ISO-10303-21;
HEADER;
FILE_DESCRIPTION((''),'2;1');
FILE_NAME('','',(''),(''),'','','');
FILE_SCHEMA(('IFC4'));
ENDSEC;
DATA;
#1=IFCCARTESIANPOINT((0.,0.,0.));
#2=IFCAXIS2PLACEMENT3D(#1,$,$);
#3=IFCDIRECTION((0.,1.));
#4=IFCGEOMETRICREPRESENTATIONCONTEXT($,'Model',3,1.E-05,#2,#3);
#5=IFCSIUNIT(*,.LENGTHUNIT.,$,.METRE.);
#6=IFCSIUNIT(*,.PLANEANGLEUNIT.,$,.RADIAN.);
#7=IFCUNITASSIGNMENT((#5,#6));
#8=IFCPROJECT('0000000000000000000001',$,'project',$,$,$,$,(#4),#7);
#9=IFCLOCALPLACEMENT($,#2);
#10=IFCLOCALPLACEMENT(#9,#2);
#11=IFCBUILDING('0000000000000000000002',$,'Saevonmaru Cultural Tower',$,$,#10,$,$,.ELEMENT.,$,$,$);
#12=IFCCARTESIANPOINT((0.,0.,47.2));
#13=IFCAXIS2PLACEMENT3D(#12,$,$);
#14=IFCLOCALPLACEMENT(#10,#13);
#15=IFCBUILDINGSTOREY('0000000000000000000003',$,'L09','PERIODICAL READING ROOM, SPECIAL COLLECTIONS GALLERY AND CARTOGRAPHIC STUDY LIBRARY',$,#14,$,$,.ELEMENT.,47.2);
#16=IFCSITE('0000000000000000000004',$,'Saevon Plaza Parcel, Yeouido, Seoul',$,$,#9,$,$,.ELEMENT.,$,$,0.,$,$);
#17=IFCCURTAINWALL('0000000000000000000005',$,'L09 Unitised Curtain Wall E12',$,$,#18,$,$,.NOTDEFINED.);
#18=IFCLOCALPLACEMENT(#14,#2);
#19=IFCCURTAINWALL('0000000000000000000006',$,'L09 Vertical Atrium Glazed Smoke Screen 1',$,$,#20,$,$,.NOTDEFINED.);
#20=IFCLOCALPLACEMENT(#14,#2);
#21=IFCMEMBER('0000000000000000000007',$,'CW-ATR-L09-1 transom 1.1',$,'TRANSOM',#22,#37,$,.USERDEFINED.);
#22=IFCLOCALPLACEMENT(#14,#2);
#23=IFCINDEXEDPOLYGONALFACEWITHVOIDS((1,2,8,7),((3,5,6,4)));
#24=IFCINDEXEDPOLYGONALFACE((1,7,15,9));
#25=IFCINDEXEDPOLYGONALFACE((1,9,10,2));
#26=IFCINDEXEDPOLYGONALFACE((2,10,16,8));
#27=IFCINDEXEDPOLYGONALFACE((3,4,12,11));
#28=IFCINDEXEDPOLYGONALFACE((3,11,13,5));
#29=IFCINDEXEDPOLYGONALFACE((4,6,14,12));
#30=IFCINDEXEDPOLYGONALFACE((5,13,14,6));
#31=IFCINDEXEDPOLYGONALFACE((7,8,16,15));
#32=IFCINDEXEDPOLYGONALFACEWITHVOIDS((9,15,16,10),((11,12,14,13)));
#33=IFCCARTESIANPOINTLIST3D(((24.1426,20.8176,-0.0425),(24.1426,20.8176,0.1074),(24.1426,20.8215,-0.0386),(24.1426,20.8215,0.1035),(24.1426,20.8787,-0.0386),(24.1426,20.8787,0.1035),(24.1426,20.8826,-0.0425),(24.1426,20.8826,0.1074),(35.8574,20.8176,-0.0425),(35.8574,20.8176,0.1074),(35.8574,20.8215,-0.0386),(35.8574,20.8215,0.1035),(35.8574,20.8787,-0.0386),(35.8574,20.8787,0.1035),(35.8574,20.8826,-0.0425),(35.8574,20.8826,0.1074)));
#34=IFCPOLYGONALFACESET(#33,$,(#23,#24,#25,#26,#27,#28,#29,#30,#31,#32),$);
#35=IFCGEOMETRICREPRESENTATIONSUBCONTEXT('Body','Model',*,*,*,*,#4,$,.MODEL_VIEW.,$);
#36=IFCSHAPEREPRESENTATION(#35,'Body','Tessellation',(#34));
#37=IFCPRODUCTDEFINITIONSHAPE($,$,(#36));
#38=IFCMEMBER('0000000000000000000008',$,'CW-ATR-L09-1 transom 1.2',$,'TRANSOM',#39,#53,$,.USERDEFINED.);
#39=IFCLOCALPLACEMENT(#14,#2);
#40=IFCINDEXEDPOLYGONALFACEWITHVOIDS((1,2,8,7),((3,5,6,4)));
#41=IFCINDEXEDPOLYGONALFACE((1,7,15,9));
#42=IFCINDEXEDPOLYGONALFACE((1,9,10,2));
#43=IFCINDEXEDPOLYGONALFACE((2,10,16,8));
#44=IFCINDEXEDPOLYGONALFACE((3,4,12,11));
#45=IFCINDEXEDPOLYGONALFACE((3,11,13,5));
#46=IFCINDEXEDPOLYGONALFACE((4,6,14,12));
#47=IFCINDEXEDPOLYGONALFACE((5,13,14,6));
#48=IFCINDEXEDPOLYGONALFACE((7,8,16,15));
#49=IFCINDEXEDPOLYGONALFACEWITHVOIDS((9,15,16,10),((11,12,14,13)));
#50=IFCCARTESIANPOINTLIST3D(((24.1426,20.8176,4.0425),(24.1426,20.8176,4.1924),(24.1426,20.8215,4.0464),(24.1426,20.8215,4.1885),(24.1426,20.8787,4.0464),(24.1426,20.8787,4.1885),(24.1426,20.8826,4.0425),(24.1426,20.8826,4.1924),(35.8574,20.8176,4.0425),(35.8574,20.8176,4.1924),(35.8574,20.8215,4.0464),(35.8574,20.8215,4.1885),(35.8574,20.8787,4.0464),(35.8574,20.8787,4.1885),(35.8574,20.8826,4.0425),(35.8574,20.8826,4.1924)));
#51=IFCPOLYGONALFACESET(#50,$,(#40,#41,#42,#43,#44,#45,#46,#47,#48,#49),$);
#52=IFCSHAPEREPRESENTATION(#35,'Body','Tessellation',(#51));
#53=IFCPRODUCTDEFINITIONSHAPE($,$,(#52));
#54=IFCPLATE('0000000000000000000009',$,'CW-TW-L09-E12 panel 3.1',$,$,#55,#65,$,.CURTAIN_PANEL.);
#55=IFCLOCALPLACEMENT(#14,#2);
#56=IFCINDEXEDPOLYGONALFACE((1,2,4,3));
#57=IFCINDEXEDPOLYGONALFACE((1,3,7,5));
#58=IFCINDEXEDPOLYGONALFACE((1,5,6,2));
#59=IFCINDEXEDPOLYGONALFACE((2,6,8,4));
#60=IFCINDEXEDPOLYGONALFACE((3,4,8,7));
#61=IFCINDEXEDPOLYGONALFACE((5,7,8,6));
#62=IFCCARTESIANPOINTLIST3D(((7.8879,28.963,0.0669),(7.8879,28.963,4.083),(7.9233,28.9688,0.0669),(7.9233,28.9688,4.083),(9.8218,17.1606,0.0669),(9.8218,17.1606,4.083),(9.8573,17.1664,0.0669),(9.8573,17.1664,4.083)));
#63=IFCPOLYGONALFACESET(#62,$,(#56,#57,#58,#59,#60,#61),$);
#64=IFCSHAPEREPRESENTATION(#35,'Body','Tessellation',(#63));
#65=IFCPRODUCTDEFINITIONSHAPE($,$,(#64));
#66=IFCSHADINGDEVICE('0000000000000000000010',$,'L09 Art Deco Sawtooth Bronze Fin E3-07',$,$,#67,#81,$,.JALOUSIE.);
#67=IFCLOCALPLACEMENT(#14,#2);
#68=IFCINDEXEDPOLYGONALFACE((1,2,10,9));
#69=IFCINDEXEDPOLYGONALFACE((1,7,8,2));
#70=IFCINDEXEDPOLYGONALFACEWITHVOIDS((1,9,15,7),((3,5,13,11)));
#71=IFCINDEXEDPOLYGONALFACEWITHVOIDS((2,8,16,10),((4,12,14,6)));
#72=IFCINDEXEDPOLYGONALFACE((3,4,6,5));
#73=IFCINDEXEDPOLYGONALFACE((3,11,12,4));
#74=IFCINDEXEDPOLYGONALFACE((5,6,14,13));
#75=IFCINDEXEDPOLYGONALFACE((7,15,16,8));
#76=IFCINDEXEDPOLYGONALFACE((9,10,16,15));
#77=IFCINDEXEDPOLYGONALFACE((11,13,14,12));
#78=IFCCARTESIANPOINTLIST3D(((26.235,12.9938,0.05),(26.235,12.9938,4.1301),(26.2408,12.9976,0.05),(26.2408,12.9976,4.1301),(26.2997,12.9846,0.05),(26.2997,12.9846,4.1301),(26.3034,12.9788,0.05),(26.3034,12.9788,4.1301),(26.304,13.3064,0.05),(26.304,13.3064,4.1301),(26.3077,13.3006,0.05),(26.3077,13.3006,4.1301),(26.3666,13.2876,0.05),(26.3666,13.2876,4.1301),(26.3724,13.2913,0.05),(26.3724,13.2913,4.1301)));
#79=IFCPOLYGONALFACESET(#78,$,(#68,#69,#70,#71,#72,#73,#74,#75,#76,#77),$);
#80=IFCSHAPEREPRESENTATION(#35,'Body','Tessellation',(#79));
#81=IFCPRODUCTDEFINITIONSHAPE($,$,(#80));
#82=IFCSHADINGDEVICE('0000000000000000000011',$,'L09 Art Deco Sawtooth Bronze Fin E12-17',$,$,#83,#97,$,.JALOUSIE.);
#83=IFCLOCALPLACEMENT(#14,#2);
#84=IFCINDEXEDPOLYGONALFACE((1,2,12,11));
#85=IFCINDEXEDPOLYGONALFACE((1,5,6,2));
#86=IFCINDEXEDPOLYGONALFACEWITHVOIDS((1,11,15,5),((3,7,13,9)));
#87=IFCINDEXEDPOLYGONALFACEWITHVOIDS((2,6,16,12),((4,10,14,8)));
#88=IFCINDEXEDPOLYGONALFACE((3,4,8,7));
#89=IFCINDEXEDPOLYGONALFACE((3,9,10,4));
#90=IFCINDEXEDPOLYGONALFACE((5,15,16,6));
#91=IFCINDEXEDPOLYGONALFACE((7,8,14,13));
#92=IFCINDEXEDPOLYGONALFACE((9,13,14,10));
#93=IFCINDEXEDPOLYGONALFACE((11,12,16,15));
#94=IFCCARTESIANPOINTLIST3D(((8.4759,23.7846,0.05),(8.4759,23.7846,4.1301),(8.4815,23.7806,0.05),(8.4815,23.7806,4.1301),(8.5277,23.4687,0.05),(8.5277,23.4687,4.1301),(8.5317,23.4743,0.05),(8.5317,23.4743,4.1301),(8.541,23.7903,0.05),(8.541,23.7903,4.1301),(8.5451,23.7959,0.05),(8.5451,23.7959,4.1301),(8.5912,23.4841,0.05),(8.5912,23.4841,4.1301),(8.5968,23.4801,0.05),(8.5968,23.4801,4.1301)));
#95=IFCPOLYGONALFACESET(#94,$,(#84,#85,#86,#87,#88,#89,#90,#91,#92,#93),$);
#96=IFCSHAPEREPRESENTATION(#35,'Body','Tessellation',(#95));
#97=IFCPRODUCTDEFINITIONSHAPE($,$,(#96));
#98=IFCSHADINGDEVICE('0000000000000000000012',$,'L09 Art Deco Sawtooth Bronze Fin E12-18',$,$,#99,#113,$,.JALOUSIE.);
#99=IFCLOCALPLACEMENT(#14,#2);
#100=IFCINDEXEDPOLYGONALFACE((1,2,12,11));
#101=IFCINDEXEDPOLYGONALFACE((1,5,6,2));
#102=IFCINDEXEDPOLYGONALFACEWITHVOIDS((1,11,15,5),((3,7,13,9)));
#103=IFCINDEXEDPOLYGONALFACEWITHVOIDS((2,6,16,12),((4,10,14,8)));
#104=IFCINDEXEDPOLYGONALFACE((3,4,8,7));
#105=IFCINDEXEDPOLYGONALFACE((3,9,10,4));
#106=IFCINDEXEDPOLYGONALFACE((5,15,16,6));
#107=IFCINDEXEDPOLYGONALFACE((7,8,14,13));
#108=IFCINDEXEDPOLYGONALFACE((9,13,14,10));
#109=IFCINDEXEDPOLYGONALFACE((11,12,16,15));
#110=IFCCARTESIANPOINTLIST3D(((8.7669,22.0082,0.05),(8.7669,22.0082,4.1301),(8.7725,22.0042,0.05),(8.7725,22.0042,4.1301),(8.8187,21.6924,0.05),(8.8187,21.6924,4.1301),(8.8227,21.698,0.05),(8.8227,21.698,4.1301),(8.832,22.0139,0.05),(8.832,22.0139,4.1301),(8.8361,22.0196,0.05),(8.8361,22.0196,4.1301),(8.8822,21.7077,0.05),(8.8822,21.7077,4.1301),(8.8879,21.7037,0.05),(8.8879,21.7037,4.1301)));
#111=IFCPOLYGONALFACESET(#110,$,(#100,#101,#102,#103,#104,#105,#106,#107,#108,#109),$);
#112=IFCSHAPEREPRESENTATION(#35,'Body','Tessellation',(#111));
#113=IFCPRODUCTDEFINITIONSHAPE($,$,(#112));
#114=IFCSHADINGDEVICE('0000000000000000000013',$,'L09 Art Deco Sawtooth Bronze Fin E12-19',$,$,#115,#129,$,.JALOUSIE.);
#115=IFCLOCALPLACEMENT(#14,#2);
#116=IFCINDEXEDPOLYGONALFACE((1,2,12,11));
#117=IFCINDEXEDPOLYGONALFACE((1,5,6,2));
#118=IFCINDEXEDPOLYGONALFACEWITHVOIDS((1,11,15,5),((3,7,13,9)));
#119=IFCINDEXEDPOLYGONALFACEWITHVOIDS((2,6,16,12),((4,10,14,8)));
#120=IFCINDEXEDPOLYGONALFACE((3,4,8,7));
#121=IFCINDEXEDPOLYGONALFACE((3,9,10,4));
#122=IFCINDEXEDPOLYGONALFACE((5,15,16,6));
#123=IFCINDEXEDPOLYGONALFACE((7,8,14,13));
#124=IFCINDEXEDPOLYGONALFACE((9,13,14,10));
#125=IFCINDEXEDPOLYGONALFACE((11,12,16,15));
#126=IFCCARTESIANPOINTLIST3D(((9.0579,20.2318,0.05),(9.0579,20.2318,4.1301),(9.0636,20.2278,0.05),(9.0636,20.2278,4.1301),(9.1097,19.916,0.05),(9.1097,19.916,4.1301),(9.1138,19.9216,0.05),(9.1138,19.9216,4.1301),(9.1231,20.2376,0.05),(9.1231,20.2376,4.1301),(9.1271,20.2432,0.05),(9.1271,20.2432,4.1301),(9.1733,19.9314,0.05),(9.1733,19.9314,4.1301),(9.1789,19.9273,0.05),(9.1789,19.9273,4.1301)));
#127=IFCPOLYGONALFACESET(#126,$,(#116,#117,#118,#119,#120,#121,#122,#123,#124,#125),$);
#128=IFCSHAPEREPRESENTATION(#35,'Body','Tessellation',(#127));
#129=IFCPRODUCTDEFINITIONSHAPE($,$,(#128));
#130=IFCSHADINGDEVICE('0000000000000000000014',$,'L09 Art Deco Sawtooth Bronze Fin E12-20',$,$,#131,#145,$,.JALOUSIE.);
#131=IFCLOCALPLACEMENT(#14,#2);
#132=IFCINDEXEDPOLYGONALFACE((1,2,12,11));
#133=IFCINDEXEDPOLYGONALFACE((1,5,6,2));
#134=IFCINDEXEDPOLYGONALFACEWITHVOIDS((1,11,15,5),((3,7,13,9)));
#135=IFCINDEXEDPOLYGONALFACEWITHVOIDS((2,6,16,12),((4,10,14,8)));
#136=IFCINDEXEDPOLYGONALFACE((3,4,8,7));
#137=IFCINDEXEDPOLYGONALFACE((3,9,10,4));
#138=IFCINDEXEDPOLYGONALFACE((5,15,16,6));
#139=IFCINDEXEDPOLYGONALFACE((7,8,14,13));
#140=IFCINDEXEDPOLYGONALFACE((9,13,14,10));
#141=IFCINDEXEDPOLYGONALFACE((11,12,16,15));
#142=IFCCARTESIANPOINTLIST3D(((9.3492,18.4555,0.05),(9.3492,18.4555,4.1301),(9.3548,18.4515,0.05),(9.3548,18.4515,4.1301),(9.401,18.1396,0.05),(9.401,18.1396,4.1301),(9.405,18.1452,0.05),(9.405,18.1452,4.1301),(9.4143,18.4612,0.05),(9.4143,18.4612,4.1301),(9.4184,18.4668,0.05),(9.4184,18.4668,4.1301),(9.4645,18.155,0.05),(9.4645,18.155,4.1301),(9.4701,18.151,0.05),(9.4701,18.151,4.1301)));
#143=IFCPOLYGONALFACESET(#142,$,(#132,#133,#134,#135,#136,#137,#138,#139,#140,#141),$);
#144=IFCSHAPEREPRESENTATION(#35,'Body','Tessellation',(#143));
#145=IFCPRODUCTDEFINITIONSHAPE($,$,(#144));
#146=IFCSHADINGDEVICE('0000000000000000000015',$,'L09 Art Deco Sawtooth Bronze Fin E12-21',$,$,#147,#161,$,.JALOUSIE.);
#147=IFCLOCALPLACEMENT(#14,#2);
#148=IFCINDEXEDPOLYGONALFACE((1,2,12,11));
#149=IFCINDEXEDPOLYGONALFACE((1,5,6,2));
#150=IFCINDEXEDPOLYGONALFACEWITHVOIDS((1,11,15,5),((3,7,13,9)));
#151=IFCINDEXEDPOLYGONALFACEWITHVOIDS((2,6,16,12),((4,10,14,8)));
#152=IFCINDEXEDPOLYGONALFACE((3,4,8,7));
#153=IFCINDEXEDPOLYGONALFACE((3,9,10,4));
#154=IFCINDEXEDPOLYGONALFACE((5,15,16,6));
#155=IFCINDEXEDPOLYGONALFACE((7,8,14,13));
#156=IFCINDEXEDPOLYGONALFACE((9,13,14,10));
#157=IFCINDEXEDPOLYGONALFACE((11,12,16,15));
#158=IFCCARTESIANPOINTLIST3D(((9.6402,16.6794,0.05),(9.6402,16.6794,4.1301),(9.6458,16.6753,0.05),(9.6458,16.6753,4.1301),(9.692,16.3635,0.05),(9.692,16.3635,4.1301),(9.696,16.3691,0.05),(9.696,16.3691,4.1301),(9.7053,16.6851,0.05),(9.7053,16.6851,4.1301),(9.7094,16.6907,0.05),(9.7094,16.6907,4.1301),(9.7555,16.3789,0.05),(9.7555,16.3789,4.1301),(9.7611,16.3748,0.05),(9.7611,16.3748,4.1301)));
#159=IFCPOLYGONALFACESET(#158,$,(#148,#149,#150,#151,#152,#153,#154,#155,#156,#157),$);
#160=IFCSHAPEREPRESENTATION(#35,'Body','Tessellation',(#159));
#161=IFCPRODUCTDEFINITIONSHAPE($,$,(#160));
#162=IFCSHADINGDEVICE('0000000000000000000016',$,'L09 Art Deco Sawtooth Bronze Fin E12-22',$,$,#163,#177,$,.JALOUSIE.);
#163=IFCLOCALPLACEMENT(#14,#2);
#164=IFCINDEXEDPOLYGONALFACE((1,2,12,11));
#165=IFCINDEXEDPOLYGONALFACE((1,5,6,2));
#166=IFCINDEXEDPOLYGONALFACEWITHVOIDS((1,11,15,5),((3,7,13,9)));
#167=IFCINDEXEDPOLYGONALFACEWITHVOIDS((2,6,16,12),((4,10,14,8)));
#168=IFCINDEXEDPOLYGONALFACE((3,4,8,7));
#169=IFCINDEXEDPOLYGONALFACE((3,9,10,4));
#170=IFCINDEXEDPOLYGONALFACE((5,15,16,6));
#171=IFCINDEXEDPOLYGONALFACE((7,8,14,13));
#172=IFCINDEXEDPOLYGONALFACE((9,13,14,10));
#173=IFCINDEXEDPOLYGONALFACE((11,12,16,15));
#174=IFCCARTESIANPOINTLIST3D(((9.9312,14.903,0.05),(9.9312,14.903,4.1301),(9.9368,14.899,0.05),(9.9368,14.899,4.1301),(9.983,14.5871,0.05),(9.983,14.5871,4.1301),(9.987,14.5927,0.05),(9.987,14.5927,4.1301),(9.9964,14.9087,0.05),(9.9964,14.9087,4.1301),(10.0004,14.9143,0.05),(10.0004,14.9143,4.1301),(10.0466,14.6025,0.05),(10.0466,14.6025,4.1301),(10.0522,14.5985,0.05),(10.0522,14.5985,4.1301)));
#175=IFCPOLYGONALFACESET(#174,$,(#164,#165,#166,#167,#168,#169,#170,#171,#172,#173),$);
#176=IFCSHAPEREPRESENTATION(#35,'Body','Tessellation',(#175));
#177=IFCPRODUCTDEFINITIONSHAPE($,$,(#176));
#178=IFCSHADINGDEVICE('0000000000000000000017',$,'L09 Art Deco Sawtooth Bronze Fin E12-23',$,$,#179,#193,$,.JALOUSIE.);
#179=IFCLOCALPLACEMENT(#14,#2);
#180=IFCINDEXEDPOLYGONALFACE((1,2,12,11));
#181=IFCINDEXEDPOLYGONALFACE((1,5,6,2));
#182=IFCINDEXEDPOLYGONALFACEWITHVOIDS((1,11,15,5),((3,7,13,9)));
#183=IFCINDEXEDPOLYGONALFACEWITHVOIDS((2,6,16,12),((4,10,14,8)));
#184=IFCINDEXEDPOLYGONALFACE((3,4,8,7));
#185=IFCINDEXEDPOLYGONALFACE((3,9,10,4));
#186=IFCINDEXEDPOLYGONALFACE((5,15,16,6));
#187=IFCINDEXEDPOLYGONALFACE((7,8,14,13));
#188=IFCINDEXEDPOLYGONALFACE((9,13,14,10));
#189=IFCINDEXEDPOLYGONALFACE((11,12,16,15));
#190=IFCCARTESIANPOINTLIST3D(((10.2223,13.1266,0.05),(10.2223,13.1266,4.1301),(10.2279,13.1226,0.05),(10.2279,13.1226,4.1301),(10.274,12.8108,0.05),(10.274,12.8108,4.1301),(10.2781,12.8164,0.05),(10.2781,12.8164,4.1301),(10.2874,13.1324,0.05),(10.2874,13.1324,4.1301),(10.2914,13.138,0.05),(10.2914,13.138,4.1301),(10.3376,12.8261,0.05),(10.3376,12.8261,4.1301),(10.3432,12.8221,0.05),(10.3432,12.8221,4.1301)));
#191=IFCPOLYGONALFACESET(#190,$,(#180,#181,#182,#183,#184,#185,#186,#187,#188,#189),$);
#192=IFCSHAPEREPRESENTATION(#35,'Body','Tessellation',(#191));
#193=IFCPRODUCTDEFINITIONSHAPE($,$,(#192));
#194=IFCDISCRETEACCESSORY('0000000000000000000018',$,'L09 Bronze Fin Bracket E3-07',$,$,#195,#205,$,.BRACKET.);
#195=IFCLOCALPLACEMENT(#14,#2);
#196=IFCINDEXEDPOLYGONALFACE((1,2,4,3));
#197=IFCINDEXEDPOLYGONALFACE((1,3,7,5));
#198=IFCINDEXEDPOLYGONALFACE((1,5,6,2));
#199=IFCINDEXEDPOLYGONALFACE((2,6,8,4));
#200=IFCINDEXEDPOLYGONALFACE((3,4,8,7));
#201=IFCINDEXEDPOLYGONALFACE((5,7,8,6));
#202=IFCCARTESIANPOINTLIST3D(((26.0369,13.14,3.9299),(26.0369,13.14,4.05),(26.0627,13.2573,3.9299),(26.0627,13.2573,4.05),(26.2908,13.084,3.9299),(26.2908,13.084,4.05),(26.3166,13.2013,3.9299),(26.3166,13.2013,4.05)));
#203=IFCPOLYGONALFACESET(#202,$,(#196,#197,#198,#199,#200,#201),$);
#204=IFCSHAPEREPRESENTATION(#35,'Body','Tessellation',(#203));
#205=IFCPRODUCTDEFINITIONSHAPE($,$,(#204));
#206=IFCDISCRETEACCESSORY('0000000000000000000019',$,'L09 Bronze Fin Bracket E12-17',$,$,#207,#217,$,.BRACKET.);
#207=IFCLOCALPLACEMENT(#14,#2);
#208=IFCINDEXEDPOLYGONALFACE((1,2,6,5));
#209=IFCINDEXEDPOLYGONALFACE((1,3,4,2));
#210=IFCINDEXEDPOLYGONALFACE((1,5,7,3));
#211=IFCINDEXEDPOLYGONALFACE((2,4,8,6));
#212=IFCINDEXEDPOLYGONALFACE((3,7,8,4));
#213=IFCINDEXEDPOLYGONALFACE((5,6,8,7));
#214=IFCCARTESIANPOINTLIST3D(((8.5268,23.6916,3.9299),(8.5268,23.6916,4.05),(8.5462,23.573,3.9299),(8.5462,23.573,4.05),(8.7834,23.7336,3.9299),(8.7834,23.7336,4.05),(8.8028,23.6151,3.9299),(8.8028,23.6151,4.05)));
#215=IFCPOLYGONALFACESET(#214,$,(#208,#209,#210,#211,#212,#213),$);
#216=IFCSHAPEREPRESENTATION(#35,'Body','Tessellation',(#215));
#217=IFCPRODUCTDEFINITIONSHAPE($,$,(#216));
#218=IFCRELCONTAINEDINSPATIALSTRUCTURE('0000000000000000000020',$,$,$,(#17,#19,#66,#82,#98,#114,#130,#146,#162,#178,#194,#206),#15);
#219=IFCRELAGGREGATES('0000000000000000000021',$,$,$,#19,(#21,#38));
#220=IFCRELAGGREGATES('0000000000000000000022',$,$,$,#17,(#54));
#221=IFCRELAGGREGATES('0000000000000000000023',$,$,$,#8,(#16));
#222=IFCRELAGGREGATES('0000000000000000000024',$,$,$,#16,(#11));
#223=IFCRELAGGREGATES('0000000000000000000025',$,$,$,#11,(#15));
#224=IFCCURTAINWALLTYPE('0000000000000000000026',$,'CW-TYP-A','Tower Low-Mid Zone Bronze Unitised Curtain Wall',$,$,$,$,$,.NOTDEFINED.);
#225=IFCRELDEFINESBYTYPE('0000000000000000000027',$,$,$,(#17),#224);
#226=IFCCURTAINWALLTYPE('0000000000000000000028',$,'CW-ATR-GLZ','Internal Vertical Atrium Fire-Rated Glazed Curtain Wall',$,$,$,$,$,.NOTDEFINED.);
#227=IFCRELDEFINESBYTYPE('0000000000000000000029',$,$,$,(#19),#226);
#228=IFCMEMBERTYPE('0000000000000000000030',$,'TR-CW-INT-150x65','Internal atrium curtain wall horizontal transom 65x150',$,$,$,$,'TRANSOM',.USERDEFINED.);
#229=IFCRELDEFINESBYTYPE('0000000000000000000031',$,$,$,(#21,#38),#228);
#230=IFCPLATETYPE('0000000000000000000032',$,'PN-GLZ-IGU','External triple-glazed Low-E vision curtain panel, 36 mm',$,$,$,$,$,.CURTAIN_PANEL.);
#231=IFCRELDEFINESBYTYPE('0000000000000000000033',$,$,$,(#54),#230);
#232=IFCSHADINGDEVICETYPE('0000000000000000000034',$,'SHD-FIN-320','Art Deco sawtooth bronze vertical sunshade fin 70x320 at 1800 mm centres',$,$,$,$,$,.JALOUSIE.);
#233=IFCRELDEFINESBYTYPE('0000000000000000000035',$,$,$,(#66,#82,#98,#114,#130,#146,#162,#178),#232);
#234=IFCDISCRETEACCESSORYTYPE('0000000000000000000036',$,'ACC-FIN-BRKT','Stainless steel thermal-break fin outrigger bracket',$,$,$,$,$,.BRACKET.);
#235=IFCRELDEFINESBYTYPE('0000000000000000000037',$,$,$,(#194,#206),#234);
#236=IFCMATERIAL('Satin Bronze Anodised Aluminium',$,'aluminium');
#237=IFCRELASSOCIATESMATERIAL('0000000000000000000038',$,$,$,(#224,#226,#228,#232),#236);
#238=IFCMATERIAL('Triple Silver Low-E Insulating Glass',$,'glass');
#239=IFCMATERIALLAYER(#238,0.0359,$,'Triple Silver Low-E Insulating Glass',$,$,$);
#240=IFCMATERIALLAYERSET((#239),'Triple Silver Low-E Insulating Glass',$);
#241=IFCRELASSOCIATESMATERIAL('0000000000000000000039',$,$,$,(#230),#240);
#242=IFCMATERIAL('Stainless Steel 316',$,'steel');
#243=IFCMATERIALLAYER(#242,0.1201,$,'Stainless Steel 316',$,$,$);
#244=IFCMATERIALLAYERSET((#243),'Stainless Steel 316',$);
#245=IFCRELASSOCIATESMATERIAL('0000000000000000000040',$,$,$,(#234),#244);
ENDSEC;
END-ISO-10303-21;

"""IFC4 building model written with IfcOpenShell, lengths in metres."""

from ifc_helpers import new_model, si_unit, direction, frame, origin, origin_2d, place, context, subcontext, project, spatial, rectangle, hollow_rectangle, extrude, material, layer, layer_set, material_profile, profile_set, type_object, element, aggregate, save


model = new_model("IFC4")

# Units and contexts
model_context = context("Model", 3, precision=1e-05, world=origin(), true_north=direction((0.0, 1.0)))
body_context = subcontext(model_context, "Body", "Model", "MODEL_VIEW")
ifc_project = project(units=[si_unit("LENGTHUNIT", "METRE"), si_unit("PLANEANGLEUNIT", "RADIAN")], contexts=[model_context])

# Site, building, storey
site_placement = place(None, origin())
site = spatial("IfcSite", under=ifc_project, at=site_placement, Name="Saevon Plaza Parcel, Yeouido, Seoul", CompositionType="ELEMENT", RefElevation=0.0)
building_placement = place(site_placement, origin())
building = spatial("IfcBuilding", under=site, at=building_placement, Name="Saevonmaru Cultural Tower", CompositionType="ELEMENT")
storey_placement = place(building_placement, frame((0.0, 0.0, 47.2)))
storey = spatial("IfcBuildingStorey", under=building, at=storey_placement, Name="L09", Description="PERIODICAL READING ROOM, SPECIAL COLLECTIONS GALLERY AND CARTOGRAPHIC STUDY LIBRARY", CompositionType="ELEMENT", Elevation=47.2)

# Curtain walls
ifc_material_1 = material(Name="Satin Bronze Anodised Aluminium", Category="aluminium")
curtain_wall_type_1 = type_object("IfcCurtainWallType", Name="CW-TYP-A", Description="Tower Low-Mid Zone Bronze Unitised Curtain Wall", PredefinedType="NOTDEFINED", material=ifc_material_1)
curtain_wall_1_placement = place(storey_placement, origin())
curtain_wall_1 = element("IfcCurtainWall", 1, at=curtain_wall_1_placement, inside=storey, type_object=curtain_wall_type_1, Name="L09 Unitised Curtain Wall E12", PredefinedType="NOTDEFINED")
curtain_wall_type_2 = type_object("IfcCurtainWallType", Name="CW-ATR-GLZ", Description="Internal Vertical Atrium Fire-Rated Glazed Curtain Wall", PredefinedType="NOTDEFINED", material=ifc_material_1)
curtain_wall_2_placement = place(storey_placement, origin())
curtain_wall_2 = element("IfcCurtainWall", 2, at=curtain_wall_2_placement, inside=storey, type_object=curtain_wall_type_2, Name="L09 Vertical Atrium Glazed Smoke Screen 1", PredefinedType="NOTDEFINED")

# Members
ifc_material_profile_1 = material_profile(ifc_material_1, hollow_rectangle(XDim=0.0649, YDim=0.1499, WallThickness=0.0039, at=origin_2d()), Name="ALU-TRAN-150x65x4")
ifc_profile_set_1 = profile_set([ifc_material_profile_1], Name="Satin Bronze Anodised Aluminium")
member_type_1 = type_object("IfcMemberType", Name="TR-CW-INT-150x65", Description="Internal atrium curtain wall horizontal transom 65x150", ElementType="TRANSOM", PredefinedType="USERDEFINED", material=ifc_profile_set_1)
member_1_placement = place(storey_placement, frame((24.1426, 20.8501, 0.0325), z_axis=(1.0, 0.0, 0.0), x_axis=(0.0, 1.0, 0.0)))
member_1 = element("IfcMember", 3, at=member_1_placement, type_object=member_type_1, Name="CW-ATR-L09-1 transom 1.1", ObjectType="TRANSOM", PredefinedType="USERDEFINED", context=body_context, shape_type="SweptSolid", body=[
    extrude(hollow_rectangle(XDim=0.0649, YDim=0.1499, WallThickness=0.0039, at=origin_2d()), origin(), (0.0, 0.0, 1.0), 11.7148),
])
member_2_placement = place(storey_placement, frame((24.1426, 20.8501, 4.1174), z_axis=(1.0, 0.0, 0.0), x_axis=(0.0, 1.0, 0.0)))
member_2 = element("IfcMember", 4, at=member_2_placement, type_object=member_type_1, Name="CW-ATR-L09-1 transom 1.2", ObjectType="TRANSOM", PredefinedType="USERDEFINED", context=body_context, shape_type="SweptSolid", body=[
    extrude(hollow_rectangle(XDim=0.0649, YDim=0.1499, WallThickness=0.0039, at=origin_2d()), origin(), (0.0, 0.0, 1.0), 11.7148),
])
aggregate(curtain_wall_2, [member_1, member_2])

# Plate
ifc_material_2 = material(Name="Triple Silver Low-E Insulating Glass", Category="glass")
ifc_layer_1 = layer(ifc_material_2, 0.0359, Name="Triple Silver Low-E Insulating Glass")
ifc_layer_set_1 = layer_set([ifc_layer_1], Name="Triple Silver Low-E Insulating Glass")
plate_type = type_object("IfcPlateType", Name="PN-GLZ-IGU", Description="External triple-glazed Low-E vision curtain panel, 36 mm", PredefinedType="CURTAIN_PANEL", material=ifc_layer_set_1)
plate_placement = place(storey_placement, frame((8.8726, 23.0647, 0.0669), z_axis=(0.0, 0.0, 1.0), x_axis=(0.161709, -0.986839, 0.0)))
plate = element("IfcPlate", 5, at=plate_placement, type_object=plate_type, Name="CW-TW-L09-E12 panel 3.1", PredefinedType="CURTAIN_PANEL", context=body_context, shape_type="SweptSolid", body=[
    extrude(rectangle(XDim=11.9597, YDim=0.0359, at=origin_2d()), origin(), (0.0, 0.0, 1.0), 4.0161),
])
aggregate(curtain_wall_1, [plate])

# Shading devices
ifc_material_profile_2 = material_profile(ifc_material_1, hollow_rectangle(XDim=0.0701, YDim=0.3201, WallThickness=0.0049, at=origin_2d()), Name="FIN-320x70")
ifc_profile_set_2 = profile_set([ifc_material_profile_2], Name="Satin Bronze Anodised Aluminium")
shading_device_type = type_object("IfcShadingDeviceType", Name="SHD-FIN-320", Description="Art Deco sawtooth bronze vertical sunshade fin 70x320 at 1800 mm centres", PredefinedType="JALOUSIE", material=ifc_profile_set_2)
for number, where, z_axis, x_axis, name in (
    (6, (26.3037, 13.1426, 0.05), (0.0, 0.0, 1.0), (0.976522, -0.215417, 0.0), "L09 Art Deco Sawtooth Bronze Fin E3-07"),
    (7, (8.5364, 23.6323, 0.05), (0.0, 0.0, 1.0), (-0.986827, -0.161776, 0.0), "L09 Art Deco Sawtooth Bronze Fin E12-17"),
    (8, (8.8274, 21.856, 0.05), (0.0, 0.0, 1.0), (-0.986827, -0.161776, 0.0), "L09 Art Deco Sawtooth Bronze Fin E12-18"),
    (9, (9.1184, 20.0796, 0.05), (0.0, 0.0, 1.0), (-0.986827, -0.161776, 0.0), "L09 Art Deco Sawtooth Bronze Fin E12-19"),
    (10, (9.4097, 18.3032, 0.05), (0.0, 0.0, 1.0), (-0.986827, -0.161776, 0.0), "L09 Art Deco Sawtooth Bronze Fin E12-20"),
    (11, (9.7007, 16.5271, 0.05), (0.0, 0.0, 1.0), (-0.986827, -0.161776, 0.0), "L09 Art Deco Sawtooth Bronze Fin E12-21"),
    (12, (9.9917, 14.7507, 0.05), (0.0, 0.0, 1.0), (-0.986827, -0.161776, 0.0), "L09 Art Deco Sawtooth Bronze Fin E12-22"),
    (13, (10.2827, 12.9744, 0.05), (0.0, 0.0, 1.0), (-0.986827, -0.161776, 0.0), "L09 Art Deco Sawtooth Bronze Fin E12-23"),
):
    element("IfcShadingDevice", number, at=place(storey_placement, frame(where, z_axis=z_axis, x_axis=x_axis)), inside=storey, type_object=shading_device_type, Name=name, PredefinedType="JALOUSIE", context=body_context, shape_type="SweptSolid", body=[
        extrude(hollow_rectangle(XDim=0.0701, YDim=0.3201, WallThickness=0.0049, at=origin_2d()), origin(), (0.0, 0.0, 1.0), 4.0801),
    ])

# Discrete accessories
ifc_material_3 = material(Name="Stainless Steel 316", Category="steel")
ifc_layer_2 = layer(ifc_material_3, 0.1201, Name="Stainless Steel 316")
ifc_layer_set_2 = layer_set([ifc_layer_2], Name="Stainless Steel 316")
discrete_accessory_type = type_object("IfcDiscreteAccessoryType", Name="ACC-FIN-BRKT", Description="Stainless steel thermal-break fin outrigger bracket", PredefinedType="BRACKET", material=ifc_layer_set_2)
for number, where, z_axis, x_axis, name in (
    (14, (26.1768, 13.1707, 3.9299), (0.0, 0.0, 1.0), (0.976522, -0.215417, 0.0), "L09 Bronze Fin Bracket E3-07"),
    (15, (8.6648, 23.6533, 3.9299), (0.0, 0.0, 1.0), (-0.986827, -0.161776, 0.0), "L09 Bronze Fin Bracket E12-17"),
):
    element("IfcDiscreteAccessory", number, at=place(storey_placement, frame(where, z_axis=z_axis, x_axis=x_axis)), inside=storey, type_object=discrete_accessory_type, Name=name, PredefinedType="BRACKET", context=body_context, shape_type="SweptSolid", body=[
        extrude(rectangle(XDim=0.26, YDim=0.1201, at=origin_2d()), origin(), (0.0, 0.0, 1.0), 0.1201),
    ])

save(model, "model.ifc")
